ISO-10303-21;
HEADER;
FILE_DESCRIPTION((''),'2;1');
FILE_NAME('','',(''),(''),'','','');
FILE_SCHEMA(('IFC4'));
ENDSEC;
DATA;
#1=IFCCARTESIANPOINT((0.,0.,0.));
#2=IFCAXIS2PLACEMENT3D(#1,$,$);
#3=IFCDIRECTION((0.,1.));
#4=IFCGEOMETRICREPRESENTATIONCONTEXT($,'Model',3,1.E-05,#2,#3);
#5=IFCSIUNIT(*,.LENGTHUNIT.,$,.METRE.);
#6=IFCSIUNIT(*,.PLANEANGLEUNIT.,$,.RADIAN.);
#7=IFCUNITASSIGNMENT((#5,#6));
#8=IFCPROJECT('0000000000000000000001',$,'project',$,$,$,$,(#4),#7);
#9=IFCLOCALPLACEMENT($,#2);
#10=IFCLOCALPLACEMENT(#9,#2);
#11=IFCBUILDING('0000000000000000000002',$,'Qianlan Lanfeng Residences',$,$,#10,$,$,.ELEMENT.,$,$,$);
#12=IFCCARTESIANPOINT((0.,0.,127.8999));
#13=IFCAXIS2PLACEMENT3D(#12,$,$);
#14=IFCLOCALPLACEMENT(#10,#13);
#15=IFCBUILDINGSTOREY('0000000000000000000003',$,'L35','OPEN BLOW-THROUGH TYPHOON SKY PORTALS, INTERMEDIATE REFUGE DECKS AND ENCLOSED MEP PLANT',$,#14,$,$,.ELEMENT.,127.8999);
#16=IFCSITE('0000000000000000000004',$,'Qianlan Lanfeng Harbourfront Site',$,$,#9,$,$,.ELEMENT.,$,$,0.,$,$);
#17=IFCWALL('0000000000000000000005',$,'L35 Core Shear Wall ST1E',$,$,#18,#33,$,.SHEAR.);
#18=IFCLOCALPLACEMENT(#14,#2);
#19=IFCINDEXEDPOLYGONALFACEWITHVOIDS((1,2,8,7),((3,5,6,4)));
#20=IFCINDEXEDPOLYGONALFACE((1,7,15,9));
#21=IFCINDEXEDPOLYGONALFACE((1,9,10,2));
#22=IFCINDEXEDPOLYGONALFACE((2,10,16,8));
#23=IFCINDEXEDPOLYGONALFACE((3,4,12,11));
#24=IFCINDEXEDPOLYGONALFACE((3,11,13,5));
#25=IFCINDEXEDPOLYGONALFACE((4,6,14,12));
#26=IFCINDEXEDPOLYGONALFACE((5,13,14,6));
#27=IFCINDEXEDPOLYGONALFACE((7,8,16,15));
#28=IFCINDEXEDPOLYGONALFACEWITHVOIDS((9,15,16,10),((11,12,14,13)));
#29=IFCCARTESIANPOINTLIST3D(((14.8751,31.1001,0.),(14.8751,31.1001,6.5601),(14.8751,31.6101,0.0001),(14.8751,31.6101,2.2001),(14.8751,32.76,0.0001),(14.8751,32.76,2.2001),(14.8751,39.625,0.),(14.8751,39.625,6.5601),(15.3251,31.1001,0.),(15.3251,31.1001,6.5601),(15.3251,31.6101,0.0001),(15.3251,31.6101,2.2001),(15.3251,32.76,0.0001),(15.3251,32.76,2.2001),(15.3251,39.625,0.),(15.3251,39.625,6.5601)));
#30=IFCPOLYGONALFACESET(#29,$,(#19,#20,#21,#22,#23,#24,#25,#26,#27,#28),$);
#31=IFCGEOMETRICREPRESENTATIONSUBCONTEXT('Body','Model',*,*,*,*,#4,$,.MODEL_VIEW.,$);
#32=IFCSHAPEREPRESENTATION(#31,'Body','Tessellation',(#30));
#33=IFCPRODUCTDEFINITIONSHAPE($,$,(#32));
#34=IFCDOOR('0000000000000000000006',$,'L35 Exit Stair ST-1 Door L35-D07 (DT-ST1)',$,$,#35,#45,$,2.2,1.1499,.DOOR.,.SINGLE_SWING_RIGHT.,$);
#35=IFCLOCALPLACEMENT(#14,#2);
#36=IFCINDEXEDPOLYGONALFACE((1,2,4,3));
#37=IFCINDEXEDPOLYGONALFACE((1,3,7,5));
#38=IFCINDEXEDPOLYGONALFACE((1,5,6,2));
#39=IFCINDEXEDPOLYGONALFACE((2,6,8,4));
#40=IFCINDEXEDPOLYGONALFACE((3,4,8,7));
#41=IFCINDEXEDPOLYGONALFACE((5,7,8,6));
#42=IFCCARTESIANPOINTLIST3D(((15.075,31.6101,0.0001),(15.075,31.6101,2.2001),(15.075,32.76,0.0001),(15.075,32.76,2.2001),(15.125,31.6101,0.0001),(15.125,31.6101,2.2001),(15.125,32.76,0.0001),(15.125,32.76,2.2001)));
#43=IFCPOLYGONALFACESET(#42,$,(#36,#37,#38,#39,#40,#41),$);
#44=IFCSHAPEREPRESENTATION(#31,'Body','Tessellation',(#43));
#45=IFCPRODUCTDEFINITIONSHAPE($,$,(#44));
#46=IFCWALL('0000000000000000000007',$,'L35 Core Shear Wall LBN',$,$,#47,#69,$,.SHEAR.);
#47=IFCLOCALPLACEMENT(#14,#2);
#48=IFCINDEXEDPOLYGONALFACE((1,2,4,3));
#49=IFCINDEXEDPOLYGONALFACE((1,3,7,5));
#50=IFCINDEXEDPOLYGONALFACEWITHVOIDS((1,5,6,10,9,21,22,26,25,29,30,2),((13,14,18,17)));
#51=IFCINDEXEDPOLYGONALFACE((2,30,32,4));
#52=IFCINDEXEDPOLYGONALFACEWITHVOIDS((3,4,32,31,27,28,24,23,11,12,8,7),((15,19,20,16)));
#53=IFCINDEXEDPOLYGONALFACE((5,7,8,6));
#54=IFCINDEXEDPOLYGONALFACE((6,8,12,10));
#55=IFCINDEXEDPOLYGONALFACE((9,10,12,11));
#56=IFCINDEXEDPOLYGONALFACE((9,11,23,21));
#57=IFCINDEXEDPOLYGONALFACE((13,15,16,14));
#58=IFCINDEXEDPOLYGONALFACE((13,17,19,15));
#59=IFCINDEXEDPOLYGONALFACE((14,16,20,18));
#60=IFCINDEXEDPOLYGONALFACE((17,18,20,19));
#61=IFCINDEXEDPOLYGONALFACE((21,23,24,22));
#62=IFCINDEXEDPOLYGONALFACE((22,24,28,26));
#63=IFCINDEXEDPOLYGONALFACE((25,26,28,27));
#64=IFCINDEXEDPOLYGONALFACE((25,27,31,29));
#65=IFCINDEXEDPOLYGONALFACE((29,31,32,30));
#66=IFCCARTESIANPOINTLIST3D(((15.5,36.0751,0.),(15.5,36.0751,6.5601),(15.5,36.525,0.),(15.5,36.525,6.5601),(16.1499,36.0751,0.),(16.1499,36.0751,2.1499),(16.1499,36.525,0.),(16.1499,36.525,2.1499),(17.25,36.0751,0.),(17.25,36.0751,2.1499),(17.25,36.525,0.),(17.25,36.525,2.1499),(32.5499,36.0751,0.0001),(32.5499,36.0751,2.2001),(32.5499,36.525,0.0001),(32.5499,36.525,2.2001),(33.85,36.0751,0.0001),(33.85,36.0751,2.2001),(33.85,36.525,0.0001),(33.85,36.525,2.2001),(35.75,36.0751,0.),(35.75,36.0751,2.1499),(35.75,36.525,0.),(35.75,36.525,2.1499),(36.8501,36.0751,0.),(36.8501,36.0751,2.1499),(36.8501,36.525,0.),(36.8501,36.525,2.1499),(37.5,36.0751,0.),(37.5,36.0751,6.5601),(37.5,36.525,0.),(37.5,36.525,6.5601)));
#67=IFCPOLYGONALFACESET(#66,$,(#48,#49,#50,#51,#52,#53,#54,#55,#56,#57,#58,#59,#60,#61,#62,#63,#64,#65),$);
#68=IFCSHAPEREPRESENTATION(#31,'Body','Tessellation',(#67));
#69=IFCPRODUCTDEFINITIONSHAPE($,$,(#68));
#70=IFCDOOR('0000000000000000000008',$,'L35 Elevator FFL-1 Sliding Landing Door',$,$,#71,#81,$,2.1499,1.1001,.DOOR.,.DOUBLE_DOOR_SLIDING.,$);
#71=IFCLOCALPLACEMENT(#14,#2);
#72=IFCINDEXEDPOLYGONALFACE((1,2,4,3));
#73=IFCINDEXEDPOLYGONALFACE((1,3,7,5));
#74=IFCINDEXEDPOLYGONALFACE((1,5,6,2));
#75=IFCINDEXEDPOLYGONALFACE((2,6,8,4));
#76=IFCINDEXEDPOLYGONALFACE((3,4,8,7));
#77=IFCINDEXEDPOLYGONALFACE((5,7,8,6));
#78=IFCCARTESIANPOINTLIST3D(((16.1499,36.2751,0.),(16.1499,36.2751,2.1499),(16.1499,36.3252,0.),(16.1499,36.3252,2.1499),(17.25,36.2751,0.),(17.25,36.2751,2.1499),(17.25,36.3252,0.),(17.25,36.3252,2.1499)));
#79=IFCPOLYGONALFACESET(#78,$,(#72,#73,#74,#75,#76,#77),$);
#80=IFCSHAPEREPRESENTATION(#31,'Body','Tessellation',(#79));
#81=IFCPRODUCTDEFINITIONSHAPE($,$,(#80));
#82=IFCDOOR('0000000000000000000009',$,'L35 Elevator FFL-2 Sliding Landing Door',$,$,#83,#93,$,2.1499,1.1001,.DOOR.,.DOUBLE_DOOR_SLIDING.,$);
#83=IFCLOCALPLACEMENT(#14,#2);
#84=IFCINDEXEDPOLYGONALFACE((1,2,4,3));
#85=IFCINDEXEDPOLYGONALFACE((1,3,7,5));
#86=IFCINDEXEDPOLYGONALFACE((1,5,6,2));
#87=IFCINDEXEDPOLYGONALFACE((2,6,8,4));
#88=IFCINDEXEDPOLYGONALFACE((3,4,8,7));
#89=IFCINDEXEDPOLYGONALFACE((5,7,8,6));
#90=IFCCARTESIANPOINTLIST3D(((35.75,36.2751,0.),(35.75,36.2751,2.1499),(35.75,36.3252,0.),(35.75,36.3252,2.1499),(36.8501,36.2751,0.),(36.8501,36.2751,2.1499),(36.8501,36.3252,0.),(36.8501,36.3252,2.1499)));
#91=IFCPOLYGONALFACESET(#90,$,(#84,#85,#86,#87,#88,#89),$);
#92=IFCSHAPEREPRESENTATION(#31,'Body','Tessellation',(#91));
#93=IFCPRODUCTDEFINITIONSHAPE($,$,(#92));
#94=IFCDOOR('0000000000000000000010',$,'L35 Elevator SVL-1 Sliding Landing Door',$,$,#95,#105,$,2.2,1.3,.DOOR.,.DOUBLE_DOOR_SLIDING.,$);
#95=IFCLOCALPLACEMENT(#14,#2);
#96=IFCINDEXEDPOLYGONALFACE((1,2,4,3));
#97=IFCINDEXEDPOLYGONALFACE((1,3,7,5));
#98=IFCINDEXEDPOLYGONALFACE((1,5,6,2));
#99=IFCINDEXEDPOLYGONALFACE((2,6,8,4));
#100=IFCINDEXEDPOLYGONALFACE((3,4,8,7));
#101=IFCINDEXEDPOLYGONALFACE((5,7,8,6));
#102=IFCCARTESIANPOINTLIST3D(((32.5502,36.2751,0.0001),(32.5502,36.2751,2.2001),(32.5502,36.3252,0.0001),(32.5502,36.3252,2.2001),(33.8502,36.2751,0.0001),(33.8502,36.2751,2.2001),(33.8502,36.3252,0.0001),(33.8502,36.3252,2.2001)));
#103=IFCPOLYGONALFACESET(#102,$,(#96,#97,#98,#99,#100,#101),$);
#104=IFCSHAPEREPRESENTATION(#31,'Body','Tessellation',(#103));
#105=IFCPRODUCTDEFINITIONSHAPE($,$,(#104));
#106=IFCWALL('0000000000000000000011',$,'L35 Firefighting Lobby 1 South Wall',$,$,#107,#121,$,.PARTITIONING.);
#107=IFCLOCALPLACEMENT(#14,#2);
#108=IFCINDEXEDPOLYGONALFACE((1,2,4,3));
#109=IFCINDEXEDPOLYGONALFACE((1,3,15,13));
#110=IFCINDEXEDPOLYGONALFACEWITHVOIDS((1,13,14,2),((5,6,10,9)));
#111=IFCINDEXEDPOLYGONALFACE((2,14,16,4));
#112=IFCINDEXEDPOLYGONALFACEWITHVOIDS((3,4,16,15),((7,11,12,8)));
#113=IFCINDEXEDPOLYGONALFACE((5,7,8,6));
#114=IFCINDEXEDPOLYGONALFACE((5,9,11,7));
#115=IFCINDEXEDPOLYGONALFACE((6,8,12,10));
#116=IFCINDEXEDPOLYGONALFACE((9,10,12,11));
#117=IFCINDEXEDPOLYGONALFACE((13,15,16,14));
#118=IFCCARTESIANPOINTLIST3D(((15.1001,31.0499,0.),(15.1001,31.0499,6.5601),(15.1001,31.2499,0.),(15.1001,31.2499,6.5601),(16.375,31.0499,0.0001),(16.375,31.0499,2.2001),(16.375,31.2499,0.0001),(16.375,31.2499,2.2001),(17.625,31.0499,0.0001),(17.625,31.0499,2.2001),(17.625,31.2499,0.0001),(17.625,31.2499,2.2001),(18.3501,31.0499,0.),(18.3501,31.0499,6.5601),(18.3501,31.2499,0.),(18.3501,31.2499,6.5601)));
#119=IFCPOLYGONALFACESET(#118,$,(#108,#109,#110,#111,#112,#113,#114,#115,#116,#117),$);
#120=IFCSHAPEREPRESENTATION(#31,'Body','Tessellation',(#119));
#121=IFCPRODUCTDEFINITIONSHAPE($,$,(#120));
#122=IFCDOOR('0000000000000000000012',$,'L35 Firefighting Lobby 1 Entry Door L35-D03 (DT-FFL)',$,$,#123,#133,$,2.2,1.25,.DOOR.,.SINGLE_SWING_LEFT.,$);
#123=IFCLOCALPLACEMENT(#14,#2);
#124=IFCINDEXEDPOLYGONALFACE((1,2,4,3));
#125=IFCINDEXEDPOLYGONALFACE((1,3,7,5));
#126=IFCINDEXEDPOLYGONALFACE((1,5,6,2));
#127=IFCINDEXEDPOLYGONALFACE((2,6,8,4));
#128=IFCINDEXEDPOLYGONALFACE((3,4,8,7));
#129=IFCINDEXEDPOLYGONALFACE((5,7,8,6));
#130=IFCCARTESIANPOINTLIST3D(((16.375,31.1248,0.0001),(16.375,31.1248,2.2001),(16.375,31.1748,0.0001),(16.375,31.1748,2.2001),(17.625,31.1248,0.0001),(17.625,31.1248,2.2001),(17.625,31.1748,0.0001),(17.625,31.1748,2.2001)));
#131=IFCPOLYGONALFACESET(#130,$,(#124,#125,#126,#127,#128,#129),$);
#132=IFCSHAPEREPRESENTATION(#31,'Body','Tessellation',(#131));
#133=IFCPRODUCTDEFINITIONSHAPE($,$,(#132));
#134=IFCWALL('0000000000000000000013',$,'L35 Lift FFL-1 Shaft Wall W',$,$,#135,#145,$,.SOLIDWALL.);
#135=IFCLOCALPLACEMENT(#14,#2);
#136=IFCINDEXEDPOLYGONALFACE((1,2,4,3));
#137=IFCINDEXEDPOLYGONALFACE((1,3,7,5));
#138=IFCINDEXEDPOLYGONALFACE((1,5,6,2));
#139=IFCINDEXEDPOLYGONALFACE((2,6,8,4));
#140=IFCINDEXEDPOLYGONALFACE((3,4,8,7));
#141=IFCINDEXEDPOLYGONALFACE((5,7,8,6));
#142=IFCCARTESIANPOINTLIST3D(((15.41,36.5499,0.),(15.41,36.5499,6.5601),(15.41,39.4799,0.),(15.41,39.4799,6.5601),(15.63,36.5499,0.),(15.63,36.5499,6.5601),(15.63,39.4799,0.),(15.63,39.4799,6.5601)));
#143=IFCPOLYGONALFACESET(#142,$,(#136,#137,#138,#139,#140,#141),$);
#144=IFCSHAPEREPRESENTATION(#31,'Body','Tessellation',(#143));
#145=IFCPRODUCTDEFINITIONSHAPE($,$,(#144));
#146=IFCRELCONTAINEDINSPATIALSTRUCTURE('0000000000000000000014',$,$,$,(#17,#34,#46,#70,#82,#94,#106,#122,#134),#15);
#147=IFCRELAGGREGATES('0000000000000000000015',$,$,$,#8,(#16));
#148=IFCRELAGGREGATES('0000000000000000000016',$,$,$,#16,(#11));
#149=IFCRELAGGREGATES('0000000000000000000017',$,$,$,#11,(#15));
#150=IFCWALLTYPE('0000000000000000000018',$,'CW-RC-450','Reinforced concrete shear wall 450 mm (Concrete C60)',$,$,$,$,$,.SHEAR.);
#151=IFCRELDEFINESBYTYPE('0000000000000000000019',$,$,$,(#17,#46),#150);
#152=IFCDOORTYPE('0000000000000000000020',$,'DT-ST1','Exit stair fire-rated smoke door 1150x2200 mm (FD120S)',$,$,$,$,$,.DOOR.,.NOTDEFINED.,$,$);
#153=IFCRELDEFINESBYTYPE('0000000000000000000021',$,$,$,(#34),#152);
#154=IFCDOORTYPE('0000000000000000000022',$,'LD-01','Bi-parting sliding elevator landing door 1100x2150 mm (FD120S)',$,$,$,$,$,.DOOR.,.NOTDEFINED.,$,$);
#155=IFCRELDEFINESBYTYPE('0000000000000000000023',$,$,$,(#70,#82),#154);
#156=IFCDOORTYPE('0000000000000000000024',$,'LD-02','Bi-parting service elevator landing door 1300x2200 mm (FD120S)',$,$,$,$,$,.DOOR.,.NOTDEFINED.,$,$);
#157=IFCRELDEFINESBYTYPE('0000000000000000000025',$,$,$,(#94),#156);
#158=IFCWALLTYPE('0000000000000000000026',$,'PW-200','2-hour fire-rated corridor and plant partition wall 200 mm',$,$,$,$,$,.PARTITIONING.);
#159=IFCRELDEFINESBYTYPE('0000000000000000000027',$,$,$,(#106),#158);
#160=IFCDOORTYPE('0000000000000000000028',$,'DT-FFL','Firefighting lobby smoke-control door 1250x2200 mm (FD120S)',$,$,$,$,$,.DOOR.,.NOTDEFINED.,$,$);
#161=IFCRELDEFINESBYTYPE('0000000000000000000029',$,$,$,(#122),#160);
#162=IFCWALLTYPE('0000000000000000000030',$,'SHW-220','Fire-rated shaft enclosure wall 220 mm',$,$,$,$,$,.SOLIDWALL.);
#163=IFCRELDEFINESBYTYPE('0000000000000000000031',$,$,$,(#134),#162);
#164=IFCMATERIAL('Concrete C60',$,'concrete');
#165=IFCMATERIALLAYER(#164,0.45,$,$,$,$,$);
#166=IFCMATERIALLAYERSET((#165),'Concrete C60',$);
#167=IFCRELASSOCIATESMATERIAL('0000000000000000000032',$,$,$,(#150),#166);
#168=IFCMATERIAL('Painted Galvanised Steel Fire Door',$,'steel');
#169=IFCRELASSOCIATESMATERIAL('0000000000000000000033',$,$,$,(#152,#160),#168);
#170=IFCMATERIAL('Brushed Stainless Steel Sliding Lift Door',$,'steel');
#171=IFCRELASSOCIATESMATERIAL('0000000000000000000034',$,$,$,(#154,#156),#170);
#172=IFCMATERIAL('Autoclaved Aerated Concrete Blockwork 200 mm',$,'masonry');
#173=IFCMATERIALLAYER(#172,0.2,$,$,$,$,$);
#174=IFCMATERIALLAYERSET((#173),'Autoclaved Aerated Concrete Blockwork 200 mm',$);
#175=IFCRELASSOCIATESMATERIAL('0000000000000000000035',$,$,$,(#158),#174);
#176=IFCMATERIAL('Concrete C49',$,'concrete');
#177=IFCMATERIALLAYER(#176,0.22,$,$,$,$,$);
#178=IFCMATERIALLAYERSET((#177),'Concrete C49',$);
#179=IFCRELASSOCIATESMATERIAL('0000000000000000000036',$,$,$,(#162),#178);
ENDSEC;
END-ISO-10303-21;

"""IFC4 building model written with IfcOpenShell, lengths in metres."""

from ifc_helpers import new_model, si_unit, direction, frame, frame_2d, origin, place, context, subcontext, project, spatial, rectangle, extrude, material, layer, layer_set, type_object, element, fill, save


model = new_model("IFC4")

# Units and contexts
model_context = context("Model", 3, precision=1e-05, world=origin(), true_north=direction((0.0, 1.0)))
body_context = subcontext(model_context, "Body", "Model", "MODEL_VIEW")
ifc_project = project(units=[si_unit("LENGTHUNIT", "METRE"), si_unit("PLANEANGLEUNIT", "RADIAN")], contexts=[model_context])

# Site, building, storey
site_placement = place(None, origin())
site = spatial("IfcSite", under=ifc_project, at=site_placement, Name="Qianlan Lanfeng Harbourfront Site", CompositionType="ELEMENT", RefElevation=0.0)
building_placement = place(site_placement, origin())
building = spatial("IfcBuilding", under=site, at=building_placement, Name="Qianlan Lanfeng Residences", CompositionType="ELEMENT")
storey_placement = place(building_placement, frame((0.0, 0.0, 127.8999)))
storey = spatial("IfcBuildingStorey", under=building, at=storey_placement, Name="L35", Description="OPEN BLOW-THROUGH TYPHOON SKY PORTALS, INTERMEDIATE REFUGE DECKS AND ENCLOSED MEP PLANT", CompositionType="ELEMENT", Elevation=127.8999)

# Wall, opening, door
ifc_material_1 = material(Name="Concrete C60", Category="concrete")
ifc_layer_1 = layer(ifc_material_1, 0.45)
ifc_layer_set_1 = layer_set([ifc_layer_1], Name="Concrete C60")
wall_type_1 = type_object("IfcWallType", Name="CW-RC-450", Description="Reinforced concrete shear wall 450 mm (Concrete C60)", PredefinedType="SHEAR", material=ifc_layer_set_1)
wall_1_placement = place(storey_placement, frame((15.1001, 31.1001, 0.0), z_axis=(0.0, 0.0, 1.0), x_axis=(0.0, 1.0, 0.0)))
wall_1 = element("IfcWall", 1, at=wall_1_placement, inside=storey, type_object=wall_type_1, Name="L35 Core Shear Wall ST1E", PredefinedType="SHEAR", context=body_context, shape_type="SweptSolid", body=[
    extrude(rectangle(XDim=8.5249, YDim=0.45, at=frame_2d((4.2625, 0.0))), origin(), (0.0, 0.0, 1.0), 6.5601),
])
opening_1_placement = place(wall_1_placement, frame((0.51, 0.0, 0.0)))
opening_1 = element("IfcOpeningElement", 2, at=opening_1_placement, cuts=wall_1, PredefinedType="OPENING", context=body_context, shape_type="SweptSolid", body=[
    extrude(rectangle(XDim=1.1499, YDim=2.2, at=frame_2d((0.575, 1.1001))), frame((0.0, 0.2349, 0.0), z_axis=(0.0, -1.0, 0.0), x_axis=(1.0, 0.0, 0.0)), (0.0, 0.0, 1.0), 0.47),
])
ifc_material_2 = material(Name="Painted Galvanised Steel Fire Door", Category="steel")
door_type_1 = type_object("IfcDoorType", Name="DT-ST1", Description="Exit stair fire-rated smoke door 1150x2200 mm (FD120S)", OperationType="NOTDEFINED", PredefinedType="DOOR", material=ifc_material_2)
door_1_placement = place(opening_1_placement, frame((1.1499, 0.0, 0.0), z_axis=(0.0, 0.0, 1.0), x_axis=(-1.0, 0.0, 0.0)))
door_1 = element("IfcDoor", 3, at=door_1_placement, inside=storey, type_object=door_type_1, Name="L35 Exit Stair ST-1 Door L35-D07 (DT-ST1)", OperationType="SINGLE_SWING_RIGHT", OverallHeight=2.2, OverallWidth=1.1499, PredefinedType="DOOR", context=body_context, shape_type="SweptSolid", body=[
    extrude(rectangle(XDim=1.1499, YDim=2.2, at=frame_2d((0.575, 1.1001))), frame((0.0, 0.0249, 0.0), z_axis=(0.0, -1.0, 0.0), x_axis=(1.0, 0.0, 0.0)), (0.0, 0.0, 1.0), 0.05),
])
fill(opening_1, door_1)

# Wall, openings, doors
wall_2_placement = place(storey_placement, frame((15.5, 36.3, 0.0), z_axis=(0.0, 0.0, 1.0), x_axis=(1.0, 0.0, 0.0)))
wall_2 = element("IfcWall", 4, at=wall_2_placement, inside=storey, type_object=wall_type_1, Name="L35 Core Shear Wall LBN", PredefinedType="SHEAR", context=body_context, shape_type="SweptSolid", body=[
    extrude(rectangle(XDim=22.0, YDim=0.45, at=frame_2d((11.0, 0.0))), origin(), (0.0, 0.0, 1.0), 6.5601),
])
opening_2_placement = place(wall_2_placement, frame((0.6499, 0.0, 0.0)))
opening_2 = element("IfcOpeningElement", 5, at=opening_2_placement, cuts=wall_2, PredefinedType="OPENING", context=body_context, shape_type="SweptSolid", body=[
    extrude(rectangle(XDim=1.1001, YDim=2.1499, at=frame_2d((0.55, 1.075))), frame((0.0, 0.2349, 0.0), z_axis=(0.0, -1.0, 0.0), x_axis=(1.0, 0.0, 0.0)), (0.0, 0.0, 1.0), 0.47),
])
opening_3_placement = place(wall_2_placement, frame((20.25, 0.0, 0.0)))
opening_3 = element("IfcOpeningElement", 6, at=opening_3_placement, cuts=wall_2, PredefinedType="OPENING", context=body_context, shape_type="SweptSolid", body=[
    extrude(rectangle(XDim=1.1001, YDim=2.1499, at=frame_2d((0.55, 1.075))), frame((0.0, 0.2349, 0.0), z_axis=(0.0, -1.0, 0.0), x_axis=(1.0, 0.0, 0.0)), (0.0, 0.0, 1.0), 0.47),
])
opening_4_placement = place(wall_2_placement, frame((17.05, 0.0, 0.0)))
opening_4 = element("IfcOpeningElement", 7, at=opening_4_placement, cuts=wall_2, PredefinedType="OPENING", context=body_context, shape_type="SweptSolid", body=[
    extrude(rectangle(XDim=1.3, YDim=2.2, at=frame_2d((0.6499, 1.1001))), frame((0.0, 0.2349, 0.0), z_axis=(0.0, -1.0, 0.0), x_axis=(1.0, 0.0, 0.0)), (0.0, 0.0, 1.0), 0.47),
])
ifc_material_3 = material(Name="Brushed Stainless Steel Sliding Lift Door", Category="steel")
door_type_2 = type_object("IfcDoorType", Name="LD-01", Description="Bi-parting sliding elevator landing door 1100x2150 mm (FD120S)", OperationType="NOTDEFINED", PredefinedType="DOOR", material=ifc_material_3)
door_2_placement = place(opening_2_placement, frame((1.1001, 0.0, 0.0), z_axis=(0.0, 0.0, 1.0), x_axis=(-1.0, 0.0, 0.0)))
door_2 = element("IfcDoor", 8, at=door_2_placement, inside=storey, type_object=door_type_2, Name="L35 Elevator FFL-1 Sliding Landing Door", OperationType="DOUBLE_DOOR_SLIDING", OverallHeight=2.1499, OverallWidth=1.1001, PredefinedType="DOOR", context=body_context, shape_type="SweptSolid", body=[
    extrude(rectangle(XDim=1.1001, YDim=2.1499, at=frame_2d((0.55, 1.075))), frame((0.0, 0.0249, 0.0), z_axis=(0.0, -1.0, 0.0), x_axis=(1.0, 0.0, 0.0)), (0.0, 0.0, 1.0), 0.05),
])
fill(opening_2, door_2)
door_3_placement = place(opening_3_placement, frame((1.1001, 0.0, 0.0), z_axis=(0.0, 0.0, 1.0), x_axis=(-1.0, 0.0, 0.0)))
door_3 = element("IfcDoor", 9, at=door_3_placement, inside=storey, type_object=door_type_2, Name="L35 Elevator FFL-2 Sliding Landing Door", OperationType="DOUBLE_DOOR_SLIDING", OverallHeight=2.1499, OverallWidth=1.1001, PredefinedType="DOOR", context=body_context, shape_type="SweptSolid", body=[
    extrude(rectangle(XDim=1.1001, YDim=2.1499, at=frame_2d((0.55, 1.075))), frame((0.0, 0.0249, 0.0), z_axis=(0.0, -1.0, 0.0), x_axis=(1.0, 0.0, 0.0)), (0.0, 0.0, 1.0), 0.05),
])
fill(opening_3, door_3)
door_type_3 = type_object("IfcDoorType", Name="LD-02", Description="Bi-parting service elevator landing door 1300x2200 mm (FD120S)", OperationType="NOTDEFINED", PredefinedType="DOOR", material=ifc_material_3)
door_4_placement = place(opening_4_placement, frame((1.3, 0.0, 0.0), z_axis=(0.0, 0.0, 1.0), x_axis=(-1.0, 0.0, 0.0)))
door_4 = element("IfcDoor", 10, at=door_4_placement, inside=storey, type_object=door_type_3, Name="L35 Elevator SVL-1 Sliding Landing Door", OperationType="DOUBLE_DOOR_SLIDING", OverallHeight=2.2, OverallWidth=1.3, PredefinedType="DOOR", context=body_context, shape_type="SweptSolid", body=[
    extrude(rectangle(XDim=1.3, YDim=2.2, at=frame_2d((0.6499, 1.1001))), frame((0.0, 0.0249, 0.0), z_axis=(0.0, -1.0, 0.0), x_axis=(1.0, 0.0, 0.0)), (0.0, 0.0, 1.0), 0.05),
])
fill(opening_4, door_4)

# Wall, opening, door
ifc_material_4 = material(Name="Autoclaved Aerated Concrete Blockwork 200 mm", Category="masonry")
ifc_layer_2 = layer(ifc_material_4, 0.2)
ifc_layer_set_2 = layer_set([ifc_layer_2], Name="Autoclaved Aerated Concrete Blockwork 200 mm")
wall_type_2 = type_object("IfcWallType", Name="PW-200", Description="2-hour fire-rated corridor and plant partition wall 200 mm", PredefinedType="PARTITIONING", material=ifc_layer_set_2)
wall_3_placement = place(storey_placement, frame((15.1001, 31.1499, 0.0), z_axis=(0.0, 0.0, 1.0), x_axis=(1.0, 0.0, 0.0)))
wall_3 = element("IfcWall", 11, at=wall_3_placement, inside=storey, type_object=wall_type_2, Name="L35 Firefighting Lobby 1 South Wall", PredefinedType="PARTITIONING", context=body_context, shape_type="SweptSolid", body=[
    extrude(rectangle(XDim=3.25, YDim=0.2, at=frame_2d((1.625, 0.0))), origin(), (0.0, 0.0, 1.0), 6.5601),
])
opening_5_placement = place(wall_3_placement, frame((1.2749, 0.0, 0.0)))
opening_5 = element("IfcOpeningElement", 12, at=opening_5_placement, cuts=wall_3, PredefinedType="OPENING", context=body_context, shape_type="SweptSolid", body=[
    extrude(rectangle(XDim=1.25, YDim=2.2, at=frame_2d((0.625, 1.1001))), frame((0.0, 0.1099, 0.0), z_axis=(0.0, -1.0, 0.0), x_axis=(1.0, 0.0, 0.0)), (0.0, 0.0, 1.0), 0.22),
])
door_type_4 = type_object("IfcDoorType", Name="DT-FFL", Description="Firefighting lobby smoke-control door 1250x2200 mm (FD120S)", OperationType="NOTDEFINED", PredefinedType="DOOR", material=ifc_material_2)
door_5_placement = place(opening_5_placement, origin())
door_5 = element("IfcDoor", 13, at=door_5_placement, inside=storey, type_object=door_type_4, Name="L35 Firefighting Lobby 1 Entry Door L35-D03 (DT-FFL)", OperationType="SINGLE_SWING_LEFT", OverallHeight=2.2, OverallWidth=1.25, PredefinedType="DOOR", context=body_context, shape_type="SweptSolid", body=[
    extrude(rectangle(XDim=1.25, YDim=2.2, at=frame_2d((0.625, 1.1001))), frame((0.0, 0.0249, 0.0), z_axis=(0.0, -1.0, 0.0), x_axis=(1.0, 0.0, 0.0)), (0.0, 0.0, 1.0), 0.05),
])
fill(opening_5, door_5)

# Wall
ifc_material_5 = material(Name="Concrete C49", Category="concrete")
ifc_layer_3 = layer(ifc_material_5, 0.22)
ifc_layer_set_3 = layer_set([ifc_layer_3], Name="Concrete C49")
wall_type_3 = type_object("IfcWallType", Name="SHW-220", Description="Fire-rated shaft enclosure wall 220 mm", PredefinedType="SOLIDWALL", material=ifc_layer_set_3)
wall_4_placement = place(storey_placement, frame((15.52, 36.55, 0.0), z_axis=(0.0, 0.0, 1.0), x_axis=(0.0, 1.0, 0.0)))
element("IfcWall", 14, at=wall_4_placement, inside=storey, type_object=wall_type_3, Name="L35 Lift FFL-1 Shaft Wall W", PredefinedType="SOLIDWALL", context=body_context, shape_type="SweptSolid", body=[
    extrude(rectangle(XDim=2.9299, YDim=0.22, at=frame_2d((1.4648, 0.0))), origin(), (0.0, 0.0, 1.0), 6.5601),
])

save(model, "model.ifc")
